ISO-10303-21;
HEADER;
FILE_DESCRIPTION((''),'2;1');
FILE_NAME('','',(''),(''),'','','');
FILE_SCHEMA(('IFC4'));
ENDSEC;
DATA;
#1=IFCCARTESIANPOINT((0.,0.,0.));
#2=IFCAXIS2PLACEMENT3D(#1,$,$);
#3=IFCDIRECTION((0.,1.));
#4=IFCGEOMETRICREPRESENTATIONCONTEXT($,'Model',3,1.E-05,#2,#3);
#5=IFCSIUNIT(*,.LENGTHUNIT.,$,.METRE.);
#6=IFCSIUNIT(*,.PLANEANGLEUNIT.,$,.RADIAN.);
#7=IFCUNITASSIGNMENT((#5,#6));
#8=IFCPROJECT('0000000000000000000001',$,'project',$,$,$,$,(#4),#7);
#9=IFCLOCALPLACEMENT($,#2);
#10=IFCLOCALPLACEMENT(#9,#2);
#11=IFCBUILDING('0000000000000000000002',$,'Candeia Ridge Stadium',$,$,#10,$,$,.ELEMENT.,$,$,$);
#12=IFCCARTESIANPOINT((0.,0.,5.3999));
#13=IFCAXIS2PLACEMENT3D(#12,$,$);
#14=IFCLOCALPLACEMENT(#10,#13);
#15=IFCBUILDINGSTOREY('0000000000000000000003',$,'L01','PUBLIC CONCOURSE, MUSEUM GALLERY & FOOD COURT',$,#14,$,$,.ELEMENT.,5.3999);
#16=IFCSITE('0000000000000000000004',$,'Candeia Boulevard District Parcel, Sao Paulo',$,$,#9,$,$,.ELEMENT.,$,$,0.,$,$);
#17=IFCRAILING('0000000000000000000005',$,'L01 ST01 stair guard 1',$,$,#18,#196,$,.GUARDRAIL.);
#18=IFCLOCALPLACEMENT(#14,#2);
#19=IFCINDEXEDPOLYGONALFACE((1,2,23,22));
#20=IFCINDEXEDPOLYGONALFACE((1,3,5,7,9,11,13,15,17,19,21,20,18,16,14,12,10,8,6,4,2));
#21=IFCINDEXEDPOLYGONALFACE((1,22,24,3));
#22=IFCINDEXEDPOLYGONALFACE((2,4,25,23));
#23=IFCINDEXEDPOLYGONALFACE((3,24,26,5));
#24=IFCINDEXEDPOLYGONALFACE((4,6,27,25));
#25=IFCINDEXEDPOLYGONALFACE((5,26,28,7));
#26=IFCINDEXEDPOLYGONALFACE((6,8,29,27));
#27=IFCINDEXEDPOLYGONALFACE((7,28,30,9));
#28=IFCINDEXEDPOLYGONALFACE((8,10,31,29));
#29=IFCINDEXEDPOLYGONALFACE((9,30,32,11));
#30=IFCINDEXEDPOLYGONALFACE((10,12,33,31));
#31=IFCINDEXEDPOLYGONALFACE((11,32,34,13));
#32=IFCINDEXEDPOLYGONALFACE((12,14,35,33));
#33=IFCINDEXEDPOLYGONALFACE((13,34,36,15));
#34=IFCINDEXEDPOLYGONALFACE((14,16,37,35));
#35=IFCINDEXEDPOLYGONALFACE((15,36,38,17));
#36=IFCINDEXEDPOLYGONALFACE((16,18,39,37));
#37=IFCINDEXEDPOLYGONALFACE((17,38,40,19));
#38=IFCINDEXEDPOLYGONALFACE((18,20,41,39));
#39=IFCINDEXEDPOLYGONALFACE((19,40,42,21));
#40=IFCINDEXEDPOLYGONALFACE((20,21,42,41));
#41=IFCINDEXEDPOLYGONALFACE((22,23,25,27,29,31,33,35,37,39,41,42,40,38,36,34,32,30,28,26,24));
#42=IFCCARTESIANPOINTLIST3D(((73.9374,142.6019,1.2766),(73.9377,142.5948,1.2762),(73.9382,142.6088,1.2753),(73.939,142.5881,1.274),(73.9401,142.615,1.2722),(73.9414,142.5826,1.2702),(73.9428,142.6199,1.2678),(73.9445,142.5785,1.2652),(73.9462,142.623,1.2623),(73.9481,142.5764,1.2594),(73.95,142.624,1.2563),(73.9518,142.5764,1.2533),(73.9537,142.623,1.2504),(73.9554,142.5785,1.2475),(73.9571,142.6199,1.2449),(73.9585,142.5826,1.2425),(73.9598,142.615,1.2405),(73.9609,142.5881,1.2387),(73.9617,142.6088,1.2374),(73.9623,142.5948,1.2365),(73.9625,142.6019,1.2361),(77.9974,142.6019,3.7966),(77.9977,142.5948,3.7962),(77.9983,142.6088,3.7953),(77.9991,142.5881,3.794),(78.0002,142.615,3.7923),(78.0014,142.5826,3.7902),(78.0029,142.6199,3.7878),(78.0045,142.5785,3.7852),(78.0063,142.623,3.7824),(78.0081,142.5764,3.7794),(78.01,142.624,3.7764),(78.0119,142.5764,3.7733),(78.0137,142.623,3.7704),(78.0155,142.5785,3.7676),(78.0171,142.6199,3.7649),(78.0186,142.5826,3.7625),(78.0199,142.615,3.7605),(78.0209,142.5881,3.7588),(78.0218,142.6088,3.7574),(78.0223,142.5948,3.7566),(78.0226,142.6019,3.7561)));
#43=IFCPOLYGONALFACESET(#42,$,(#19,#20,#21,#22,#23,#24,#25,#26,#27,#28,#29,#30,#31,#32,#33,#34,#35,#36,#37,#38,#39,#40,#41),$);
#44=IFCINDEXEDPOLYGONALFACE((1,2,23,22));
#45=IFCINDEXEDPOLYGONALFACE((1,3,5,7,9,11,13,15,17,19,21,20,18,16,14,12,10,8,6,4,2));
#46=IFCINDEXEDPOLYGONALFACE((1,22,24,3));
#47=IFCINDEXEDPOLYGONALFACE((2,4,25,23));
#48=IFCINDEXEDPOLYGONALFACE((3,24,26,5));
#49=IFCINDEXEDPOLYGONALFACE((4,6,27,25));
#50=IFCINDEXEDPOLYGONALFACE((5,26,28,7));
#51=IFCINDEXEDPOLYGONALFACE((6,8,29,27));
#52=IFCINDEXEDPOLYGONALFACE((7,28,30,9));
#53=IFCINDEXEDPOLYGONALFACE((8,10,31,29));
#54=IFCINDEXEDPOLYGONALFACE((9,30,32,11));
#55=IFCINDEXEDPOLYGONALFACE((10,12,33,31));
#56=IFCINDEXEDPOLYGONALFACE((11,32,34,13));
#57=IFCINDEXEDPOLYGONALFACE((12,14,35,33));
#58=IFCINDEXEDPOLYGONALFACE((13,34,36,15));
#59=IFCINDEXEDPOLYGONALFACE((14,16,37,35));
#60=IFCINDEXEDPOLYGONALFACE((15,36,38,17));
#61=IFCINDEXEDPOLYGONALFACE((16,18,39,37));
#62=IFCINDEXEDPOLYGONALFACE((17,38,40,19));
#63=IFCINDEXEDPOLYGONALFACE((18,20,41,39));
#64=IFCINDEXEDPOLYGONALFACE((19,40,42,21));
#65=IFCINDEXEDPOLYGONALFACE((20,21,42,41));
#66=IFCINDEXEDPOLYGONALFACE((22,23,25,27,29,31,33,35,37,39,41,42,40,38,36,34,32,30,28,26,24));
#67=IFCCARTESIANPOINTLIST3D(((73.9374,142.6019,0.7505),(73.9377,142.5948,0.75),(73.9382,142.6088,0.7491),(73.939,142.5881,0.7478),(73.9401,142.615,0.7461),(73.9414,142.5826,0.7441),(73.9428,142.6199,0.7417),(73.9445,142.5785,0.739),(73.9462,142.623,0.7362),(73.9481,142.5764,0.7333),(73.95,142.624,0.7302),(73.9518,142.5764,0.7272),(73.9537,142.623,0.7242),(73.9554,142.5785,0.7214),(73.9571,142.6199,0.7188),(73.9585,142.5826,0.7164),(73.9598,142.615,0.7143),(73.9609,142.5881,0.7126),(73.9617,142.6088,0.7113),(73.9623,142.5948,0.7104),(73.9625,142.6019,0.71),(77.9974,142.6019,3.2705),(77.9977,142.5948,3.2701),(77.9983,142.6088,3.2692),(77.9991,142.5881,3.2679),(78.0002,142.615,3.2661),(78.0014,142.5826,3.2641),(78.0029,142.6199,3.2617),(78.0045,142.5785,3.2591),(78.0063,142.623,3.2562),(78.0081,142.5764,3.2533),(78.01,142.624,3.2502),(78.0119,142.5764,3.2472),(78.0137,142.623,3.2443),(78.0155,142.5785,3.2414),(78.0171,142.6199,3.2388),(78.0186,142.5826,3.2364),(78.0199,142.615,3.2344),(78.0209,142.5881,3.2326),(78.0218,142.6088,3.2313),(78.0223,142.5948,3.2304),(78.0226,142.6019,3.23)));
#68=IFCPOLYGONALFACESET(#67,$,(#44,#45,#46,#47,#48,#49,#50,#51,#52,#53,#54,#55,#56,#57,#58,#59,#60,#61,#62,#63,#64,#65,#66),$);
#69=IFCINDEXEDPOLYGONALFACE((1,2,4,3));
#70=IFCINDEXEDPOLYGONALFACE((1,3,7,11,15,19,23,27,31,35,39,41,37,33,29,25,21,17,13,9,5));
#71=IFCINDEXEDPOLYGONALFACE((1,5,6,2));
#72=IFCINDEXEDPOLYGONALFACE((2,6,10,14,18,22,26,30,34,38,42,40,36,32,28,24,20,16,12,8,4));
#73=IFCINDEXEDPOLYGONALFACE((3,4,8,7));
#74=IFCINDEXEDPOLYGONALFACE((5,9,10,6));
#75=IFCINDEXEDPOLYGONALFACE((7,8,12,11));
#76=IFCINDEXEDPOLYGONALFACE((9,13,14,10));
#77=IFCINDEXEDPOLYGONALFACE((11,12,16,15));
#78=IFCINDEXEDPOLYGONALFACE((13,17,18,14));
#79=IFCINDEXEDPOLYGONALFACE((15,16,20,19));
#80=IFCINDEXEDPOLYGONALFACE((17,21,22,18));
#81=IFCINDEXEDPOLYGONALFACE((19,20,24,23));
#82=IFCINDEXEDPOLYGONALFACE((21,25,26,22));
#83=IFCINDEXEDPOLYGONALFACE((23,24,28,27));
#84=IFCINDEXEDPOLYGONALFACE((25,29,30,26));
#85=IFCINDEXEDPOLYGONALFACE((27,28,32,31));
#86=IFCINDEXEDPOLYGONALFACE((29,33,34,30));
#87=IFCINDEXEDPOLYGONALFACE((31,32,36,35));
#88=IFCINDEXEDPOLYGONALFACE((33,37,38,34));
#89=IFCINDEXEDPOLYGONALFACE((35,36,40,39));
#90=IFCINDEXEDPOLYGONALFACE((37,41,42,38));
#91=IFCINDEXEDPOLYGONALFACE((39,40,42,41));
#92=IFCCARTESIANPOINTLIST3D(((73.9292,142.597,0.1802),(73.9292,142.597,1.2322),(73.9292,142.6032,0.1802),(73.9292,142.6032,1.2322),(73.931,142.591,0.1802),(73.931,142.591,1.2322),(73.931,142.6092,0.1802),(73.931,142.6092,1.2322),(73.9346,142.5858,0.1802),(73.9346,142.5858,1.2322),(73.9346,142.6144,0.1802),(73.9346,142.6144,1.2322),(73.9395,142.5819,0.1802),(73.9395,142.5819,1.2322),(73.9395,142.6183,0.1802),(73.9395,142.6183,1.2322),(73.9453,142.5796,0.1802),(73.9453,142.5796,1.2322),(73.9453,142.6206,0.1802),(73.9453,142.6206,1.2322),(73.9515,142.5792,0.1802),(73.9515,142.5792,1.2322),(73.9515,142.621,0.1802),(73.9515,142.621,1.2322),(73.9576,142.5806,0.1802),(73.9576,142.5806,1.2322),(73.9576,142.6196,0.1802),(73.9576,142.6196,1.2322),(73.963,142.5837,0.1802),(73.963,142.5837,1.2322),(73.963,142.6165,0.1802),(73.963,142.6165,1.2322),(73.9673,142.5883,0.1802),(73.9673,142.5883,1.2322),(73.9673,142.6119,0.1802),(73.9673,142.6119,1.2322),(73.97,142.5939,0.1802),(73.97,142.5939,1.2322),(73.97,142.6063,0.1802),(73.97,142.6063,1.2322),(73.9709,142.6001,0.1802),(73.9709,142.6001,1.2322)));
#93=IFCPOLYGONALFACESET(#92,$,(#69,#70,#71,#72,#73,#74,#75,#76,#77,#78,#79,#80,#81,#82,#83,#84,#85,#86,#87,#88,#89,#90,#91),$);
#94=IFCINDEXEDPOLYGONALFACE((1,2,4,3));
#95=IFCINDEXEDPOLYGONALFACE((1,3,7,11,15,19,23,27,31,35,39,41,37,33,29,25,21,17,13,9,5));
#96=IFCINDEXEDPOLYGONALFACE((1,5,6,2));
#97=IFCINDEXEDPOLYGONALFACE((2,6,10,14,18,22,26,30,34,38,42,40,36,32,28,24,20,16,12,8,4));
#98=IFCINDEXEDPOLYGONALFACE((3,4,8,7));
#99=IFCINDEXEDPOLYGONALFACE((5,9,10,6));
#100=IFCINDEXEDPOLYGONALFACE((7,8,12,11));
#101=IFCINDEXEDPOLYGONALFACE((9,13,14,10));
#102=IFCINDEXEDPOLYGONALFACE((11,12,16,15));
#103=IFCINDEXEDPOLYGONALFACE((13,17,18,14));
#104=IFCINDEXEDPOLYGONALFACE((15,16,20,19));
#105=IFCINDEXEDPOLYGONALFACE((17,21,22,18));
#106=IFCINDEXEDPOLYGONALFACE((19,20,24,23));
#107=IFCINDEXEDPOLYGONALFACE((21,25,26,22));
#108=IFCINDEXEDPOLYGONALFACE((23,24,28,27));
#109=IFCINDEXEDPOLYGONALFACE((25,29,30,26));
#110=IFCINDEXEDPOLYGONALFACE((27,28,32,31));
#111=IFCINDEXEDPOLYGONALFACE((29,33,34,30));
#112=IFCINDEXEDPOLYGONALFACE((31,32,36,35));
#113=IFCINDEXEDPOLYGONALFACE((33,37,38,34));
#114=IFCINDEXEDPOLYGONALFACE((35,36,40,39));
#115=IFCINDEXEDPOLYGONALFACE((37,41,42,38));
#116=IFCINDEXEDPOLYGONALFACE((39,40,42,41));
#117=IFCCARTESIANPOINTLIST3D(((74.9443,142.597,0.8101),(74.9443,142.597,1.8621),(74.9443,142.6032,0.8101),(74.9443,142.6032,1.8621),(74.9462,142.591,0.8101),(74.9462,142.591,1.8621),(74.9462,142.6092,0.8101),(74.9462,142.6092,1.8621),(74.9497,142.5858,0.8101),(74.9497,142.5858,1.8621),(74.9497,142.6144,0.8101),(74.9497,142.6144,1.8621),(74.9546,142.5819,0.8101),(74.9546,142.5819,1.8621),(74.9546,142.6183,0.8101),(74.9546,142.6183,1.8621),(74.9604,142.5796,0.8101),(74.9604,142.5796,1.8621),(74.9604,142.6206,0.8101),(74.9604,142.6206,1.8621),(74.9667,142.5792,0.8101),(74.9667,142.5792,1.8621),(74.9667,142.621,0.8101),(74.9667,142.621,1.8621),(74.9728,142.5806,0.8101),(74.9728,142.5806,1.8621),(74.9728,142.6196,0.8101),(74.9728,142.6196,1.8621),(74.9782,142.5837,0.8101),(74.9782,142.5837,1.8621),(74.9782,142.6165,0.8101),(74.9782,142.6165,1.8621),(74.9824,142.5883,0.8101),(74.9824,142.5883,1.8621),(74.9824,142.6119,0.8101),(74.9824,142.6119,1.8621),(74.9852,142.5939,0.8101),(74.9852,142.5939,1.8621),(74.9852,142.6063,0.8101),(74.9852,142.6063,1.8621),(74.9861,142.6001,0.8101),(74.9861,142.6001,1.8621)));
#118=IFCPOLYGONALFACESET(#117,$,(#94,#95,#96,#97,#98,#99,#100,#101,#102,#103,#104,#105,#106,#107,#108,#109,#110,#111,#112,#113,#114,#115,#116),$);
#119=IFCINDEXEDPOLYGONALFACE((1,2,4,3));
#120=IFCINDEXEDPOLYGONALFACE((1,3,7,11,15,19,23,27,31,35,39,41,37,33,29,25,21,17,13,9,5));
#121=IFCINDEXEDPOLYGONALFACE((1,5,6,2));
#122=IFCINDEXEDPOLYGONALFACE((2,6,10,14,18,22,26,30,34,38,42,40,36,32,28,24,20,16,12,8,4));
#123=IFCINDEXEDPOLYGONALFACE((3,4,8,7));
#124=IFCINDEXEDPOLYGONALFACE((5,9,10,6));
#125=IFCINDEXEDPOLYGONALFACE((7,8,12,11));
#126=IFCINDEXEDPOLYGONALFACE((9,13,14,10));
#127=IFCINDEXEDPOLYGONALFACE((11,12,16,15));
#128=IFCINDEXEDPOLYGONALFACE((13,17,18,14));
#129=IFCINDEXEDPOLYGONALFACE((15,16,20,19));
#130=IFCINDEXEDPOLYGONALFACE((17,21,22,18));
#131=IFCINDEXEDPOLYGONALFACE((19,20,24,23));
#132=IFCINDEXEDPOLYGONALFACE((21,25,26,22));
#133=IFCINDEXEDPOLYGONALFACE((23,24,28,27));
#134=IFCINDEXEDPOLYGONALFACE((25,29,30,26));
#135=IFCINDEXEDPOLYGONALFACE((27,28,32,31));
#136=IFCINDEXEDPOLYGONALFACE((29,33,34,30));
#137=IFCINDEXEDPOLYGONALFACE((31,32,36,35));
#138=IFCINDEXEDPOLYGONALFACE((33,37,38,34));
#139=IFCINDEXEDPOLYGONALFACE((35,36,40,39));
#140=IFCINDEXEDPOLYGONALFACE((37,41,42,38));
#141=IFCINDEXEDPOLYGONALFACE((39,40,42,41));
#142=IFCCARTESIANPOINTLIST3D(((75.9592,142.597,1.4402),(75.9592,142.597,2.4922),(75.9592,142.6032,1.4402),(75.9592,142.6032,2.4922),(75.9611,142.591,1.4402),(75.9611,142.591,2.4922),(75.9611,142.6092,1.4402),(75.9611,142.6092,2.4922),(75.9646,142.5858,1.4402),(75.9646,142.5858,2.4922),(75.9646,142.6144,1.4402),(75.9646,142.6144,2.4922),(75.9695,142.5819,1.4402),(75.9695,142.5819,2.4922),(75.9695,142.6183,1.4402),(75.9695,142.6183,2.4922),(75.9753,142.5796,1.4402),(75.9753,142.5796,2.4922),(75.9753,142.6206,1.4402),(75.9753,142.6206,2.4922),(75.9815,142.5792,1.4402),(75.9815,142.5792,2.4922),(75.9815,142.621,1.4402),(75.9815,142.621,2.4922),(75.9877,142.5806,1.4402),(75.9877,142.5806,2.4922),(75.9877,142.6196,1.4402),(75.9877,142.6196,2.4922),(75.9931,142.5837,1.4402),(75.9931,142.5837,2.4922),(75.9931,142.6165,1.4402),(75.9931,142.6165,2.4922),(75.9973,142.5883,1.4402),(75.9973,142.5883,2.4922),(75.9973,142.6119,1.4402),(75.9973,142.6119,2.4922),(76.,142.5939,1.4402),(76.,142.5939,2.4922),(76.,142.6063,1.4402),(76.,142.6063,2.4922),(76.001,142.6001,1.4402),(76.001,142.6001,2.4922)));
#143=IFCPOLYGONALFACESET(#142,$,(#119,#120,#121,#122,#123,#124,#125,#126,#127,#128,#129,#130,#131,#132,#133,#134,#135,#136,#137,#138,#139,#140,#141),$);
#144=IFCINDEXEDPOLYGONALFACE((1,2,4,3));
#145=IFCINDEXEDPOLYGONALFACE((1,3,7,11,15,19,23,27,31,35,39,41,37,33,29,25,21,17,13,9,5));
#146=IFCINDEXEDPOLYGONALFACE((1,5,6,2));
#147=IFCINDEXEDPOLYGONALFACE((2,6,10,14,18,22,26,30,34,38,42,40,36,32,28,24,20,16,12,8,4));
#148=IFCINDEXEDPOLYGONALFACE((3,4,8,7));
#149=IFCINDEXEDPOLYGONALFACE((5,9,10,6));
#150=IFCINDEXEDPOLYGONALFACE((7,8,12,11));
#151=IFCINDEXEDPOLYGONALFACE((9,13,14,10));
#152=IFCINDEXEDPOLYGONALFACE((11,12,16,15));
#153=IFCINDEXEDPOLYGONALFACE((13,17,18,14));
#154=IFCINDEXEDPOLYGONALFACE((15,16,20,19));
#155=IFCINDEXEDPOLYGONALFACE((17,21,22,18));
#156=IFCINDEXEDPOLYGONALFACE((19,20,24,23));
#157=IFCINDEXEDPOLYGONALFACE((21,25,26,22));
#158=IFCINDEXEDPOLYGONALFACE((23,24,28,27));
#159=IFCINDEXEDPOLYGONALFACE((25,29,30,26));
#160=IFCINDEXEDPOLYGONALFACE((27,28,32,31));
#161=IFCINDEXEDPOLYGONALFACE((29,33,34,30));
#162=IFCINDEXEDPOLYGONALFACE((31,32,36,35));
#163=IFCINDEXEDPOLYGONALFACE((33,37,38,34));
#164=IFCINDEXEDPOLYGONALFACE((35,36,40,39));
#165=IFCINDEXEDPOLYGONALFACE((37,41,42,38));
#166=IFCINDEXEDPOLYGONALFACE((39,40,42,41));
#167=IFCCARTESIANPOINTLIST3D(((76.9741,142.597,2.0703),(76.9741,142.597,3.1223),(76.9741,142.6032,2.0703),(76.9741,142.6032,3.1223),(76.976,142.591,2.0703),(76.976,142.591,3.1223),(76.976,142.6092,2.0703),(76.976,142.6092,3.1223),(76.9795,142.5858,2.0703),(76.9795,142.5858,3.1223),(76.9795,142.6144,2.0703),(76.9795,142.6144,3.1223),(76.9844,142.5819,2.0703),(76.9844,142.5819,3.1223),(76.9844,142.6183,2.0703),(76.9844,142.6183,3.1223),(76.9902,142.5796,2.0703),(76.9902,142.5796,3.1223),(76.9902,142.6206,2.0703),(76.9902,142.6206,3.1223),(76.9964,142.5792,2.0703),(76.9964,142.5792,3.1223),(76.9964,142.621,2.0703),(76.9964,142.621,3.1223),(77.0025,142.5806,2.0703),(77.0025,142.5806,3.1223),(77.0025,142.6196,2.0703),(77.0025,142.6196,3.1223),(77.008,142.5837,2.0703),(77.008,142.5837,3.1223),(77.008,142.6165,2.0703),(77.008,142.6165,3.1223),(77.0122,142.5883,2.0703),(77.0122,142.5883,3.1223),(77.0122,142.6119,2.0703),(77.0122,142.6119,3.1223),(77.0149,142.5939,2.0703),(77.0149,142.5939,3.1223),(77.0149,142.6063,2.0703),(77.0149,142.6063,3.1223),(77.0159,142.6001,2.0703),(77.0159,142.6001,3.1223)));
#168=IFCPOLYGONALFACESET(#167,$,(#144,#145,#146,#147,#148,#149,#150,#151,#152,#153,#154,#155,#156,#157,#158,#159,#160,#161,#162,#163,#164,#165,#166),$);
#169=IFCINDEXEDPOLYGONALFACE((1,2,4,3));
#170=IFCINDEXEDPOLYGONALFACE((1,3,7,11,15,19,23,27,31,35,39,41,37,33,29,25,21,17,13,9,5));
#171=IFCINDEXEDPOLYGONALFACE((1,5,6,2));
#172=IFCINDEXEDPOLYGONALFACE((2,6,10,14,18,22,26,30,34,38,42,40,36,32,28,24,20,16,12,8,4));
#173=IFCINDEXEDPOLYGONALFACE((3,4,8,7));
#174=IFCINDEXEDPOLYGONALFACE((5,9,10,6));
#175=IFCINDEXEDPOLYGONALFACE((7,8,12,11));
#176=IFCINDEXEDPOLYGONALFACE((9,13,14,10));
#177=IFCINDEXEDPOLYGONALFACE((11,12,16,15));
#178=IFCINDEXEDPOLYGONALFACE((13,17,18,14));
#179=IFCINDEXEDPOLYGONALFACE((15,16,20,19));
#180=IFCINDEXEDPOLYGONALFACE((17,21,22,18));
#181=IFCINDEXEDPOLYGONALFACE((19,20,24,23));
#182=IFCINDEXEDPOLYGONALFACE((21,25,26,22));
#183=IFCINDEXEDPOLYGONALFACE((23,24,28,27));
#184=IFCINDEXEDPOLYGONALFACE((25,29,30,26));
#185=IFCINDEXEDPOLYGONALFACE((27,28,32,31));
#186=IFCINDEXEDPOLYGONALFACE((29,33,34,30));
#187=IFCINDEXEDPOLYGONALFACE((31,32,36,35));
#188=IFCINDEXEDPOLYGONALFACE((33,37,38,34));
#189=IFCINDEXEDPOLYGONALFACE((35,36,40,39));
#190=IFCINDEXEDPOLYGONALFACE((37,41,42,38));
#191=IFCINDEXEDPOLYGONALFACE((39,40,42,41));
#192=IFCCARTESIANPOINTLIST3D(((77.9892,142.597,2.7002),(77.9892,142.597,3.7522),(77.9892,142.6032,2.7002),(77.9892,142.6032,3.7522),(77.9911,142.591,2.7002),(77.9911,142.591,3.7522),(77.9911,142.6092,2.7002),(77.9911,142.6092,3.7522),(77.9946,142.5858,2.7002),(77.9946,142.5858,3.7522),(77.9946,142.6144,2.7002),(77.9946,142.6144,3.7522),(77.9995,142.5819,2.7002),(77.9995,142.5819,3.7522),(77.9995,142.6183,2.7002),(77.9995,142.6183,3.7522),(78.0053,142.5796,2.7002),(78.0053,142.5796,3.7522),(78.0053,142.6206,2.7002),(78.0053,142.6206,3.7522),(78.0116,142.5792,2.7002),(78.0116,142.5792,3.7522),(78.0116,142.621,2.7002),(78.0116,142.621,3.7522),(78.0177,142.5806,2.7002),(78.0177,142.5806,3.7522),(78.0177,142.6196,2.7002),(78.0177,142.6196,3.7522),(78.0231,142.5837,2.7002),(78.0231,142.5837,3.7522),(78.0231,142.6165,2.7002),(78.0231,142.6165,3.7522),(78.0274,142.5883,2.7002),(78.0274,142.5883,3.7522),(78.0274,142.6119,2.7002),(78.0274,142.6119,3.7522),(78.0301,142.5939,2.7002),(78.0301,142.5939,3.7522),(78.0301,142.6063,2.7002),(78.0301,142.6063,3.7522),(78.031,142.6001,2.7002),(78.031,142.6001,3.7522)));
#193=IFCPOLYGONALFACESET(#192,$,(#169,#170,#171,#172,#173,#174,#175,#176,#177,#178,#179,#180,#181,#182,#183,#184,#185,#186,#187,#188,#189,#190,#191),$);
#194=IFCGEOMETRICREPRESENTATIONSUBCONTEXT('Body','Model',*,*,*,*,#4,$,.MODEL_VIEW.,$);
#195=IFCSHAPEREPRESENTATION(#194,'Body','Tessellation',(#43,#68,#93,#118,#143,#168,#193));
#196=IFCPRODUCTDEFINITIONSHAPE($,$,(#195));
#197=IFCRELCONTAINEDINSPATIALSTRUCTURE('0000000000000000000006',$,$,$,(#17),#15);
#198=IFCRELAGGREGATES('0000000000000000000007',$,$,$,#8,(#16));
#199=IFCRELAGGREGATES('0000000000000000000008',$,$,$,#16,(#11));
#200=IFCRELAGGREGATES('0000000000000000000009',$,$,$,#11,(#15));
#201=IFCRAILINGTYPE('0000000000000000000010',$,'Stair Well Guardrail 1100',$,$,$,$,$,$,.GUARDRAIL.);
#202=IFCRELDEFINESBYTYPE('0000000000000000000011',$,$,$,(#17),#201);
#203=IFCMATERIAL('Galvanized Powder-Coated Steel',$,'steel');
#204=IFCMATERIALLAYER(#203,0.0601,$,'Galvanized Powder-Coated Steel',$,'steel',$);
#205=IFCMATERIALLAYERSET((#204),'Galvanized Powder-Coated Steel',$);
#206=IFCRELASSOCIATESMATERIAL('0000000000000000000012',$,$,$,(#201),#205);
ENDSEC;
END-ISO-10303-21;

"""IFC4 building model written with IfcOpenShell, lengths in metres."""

from ifc_helpers import new_model, si_unit, direction, frame, origin, origin_2d, place, context, subcontext, project, spatial, circle, extrude, material, layer, layer_set, type_object, element, save


model = new_model("IFC4")

# Units and contexts
model_context = context("Model", 3, precision=1e-05, world=origin(), true_north=direction((0.0, 1.0)))
body_context = subcontext(model_context, "Body", "Model", "MODEL_VIEW")
ifc_project = project(units=[si_unit("LENGTHUNIT", "METRE"), si_unit("PLANEANGLEUNIT", "RADIAN")], contexts=[model_context])

# Site, building, storey
site_placement = place(None, origin())
site = spatial("IfcSite", under=ifc_project, at=site_placement, Name="Candeia Boulevard District Parcel, Sao Paulo", CompositionType="ELEMENT", RefElevation=0.0)
building_placement = place(site_placement, origin())
building = spatial("IfcBuilding", under=site, at=building_placement, Name="Candeia Ridge Stadium", CompositionType="ELEMENT")
storey_placement = place(building_placement, frame((0.0, 0.0, 5.3999)))
storey = spatial("IfcBuildingStorey", under=building, at=storey_placement, Name="L01", Description="PUBLIC CONCOURSE, MUSEUM GALLERY & FOOD COURT", CompositionType="ELEMENT", Elevation=5.3999)

# Railing
ifc_material_1 = material(Name="Galvanized Powder-Coated Steel", Category="steel")
ifc_layer_1 = layer(ifc_material_1, 0.0601, Name="Galvanized Powder-Coated Steel", Category="steel")
ifc_layer_set_1 = layer_set([ifc_layer_1], Name="Galvanized Powder-Coated Steel")
railing_type_1 = type_object("IfcRailingType", Name="Stair Well Guardrail 1100", PredefinedType="GUARDRAIL", material=ifc_layer_set_1)
railing_1_placement = place(storey_placement, frame((73.95, 142.6001, 0.1802)))
element("IfcRailing", 1, at=railing_1_placement, inside=storey, type_object=railing_type_1, Name="L01 ST01 stair guard 1", PredefinedType="GUARDRAIL", context=body_context, shape_type="SweptSolid", body=[
    extrude(circle(Radius=0.0239, at=origin_2d()), frame((0.0, 0.0, 1.0762), z_axis=(0.849642, 0.0, 0.52736), x_axis=(0.0, 1.0, 0.0)), (0.0, 0.0, 1.0), 4.7786),
    extrude(circle(Radius=0.0239, at=origin_2d()), frame((0.0, 0.0, 0.55), z_axis=(0.849642, 0.0, 0.52736), x_axis=(0.0, 1.0, 0.0)), (0.0, 0.0, 1.0), 4.7786),
    extrude(circle(Radius=0.021, at=origin_2d()), origin(), (0.0, 0.0, 1.0), 1.052),
    extrude(circle(Radius=0.021, at=origin_2d()), frame((1.0151, 0.0, 0.6299)), (0.0, 0.0, 1.0), 1.052),
    extrude(circle(Radius=0.021, at=origin_2d()), frame((2.03, 0.0, 1.26)), (0.0, 0.0, 1.0), 1.052),
    extrude(circle(Radius=0.021, at=origin_2d()), frame((3.0449, 0.0, 1.8901)), (0.0, 0.0, 1.0), 1.052),
    extrude(circle(Radius=0.021, at=origin_2d()), frame((4.0601, 0.0, 2.52)), (0.0, 0.0, 1.0), 1.052),
])

save(model, "model.ifc")
